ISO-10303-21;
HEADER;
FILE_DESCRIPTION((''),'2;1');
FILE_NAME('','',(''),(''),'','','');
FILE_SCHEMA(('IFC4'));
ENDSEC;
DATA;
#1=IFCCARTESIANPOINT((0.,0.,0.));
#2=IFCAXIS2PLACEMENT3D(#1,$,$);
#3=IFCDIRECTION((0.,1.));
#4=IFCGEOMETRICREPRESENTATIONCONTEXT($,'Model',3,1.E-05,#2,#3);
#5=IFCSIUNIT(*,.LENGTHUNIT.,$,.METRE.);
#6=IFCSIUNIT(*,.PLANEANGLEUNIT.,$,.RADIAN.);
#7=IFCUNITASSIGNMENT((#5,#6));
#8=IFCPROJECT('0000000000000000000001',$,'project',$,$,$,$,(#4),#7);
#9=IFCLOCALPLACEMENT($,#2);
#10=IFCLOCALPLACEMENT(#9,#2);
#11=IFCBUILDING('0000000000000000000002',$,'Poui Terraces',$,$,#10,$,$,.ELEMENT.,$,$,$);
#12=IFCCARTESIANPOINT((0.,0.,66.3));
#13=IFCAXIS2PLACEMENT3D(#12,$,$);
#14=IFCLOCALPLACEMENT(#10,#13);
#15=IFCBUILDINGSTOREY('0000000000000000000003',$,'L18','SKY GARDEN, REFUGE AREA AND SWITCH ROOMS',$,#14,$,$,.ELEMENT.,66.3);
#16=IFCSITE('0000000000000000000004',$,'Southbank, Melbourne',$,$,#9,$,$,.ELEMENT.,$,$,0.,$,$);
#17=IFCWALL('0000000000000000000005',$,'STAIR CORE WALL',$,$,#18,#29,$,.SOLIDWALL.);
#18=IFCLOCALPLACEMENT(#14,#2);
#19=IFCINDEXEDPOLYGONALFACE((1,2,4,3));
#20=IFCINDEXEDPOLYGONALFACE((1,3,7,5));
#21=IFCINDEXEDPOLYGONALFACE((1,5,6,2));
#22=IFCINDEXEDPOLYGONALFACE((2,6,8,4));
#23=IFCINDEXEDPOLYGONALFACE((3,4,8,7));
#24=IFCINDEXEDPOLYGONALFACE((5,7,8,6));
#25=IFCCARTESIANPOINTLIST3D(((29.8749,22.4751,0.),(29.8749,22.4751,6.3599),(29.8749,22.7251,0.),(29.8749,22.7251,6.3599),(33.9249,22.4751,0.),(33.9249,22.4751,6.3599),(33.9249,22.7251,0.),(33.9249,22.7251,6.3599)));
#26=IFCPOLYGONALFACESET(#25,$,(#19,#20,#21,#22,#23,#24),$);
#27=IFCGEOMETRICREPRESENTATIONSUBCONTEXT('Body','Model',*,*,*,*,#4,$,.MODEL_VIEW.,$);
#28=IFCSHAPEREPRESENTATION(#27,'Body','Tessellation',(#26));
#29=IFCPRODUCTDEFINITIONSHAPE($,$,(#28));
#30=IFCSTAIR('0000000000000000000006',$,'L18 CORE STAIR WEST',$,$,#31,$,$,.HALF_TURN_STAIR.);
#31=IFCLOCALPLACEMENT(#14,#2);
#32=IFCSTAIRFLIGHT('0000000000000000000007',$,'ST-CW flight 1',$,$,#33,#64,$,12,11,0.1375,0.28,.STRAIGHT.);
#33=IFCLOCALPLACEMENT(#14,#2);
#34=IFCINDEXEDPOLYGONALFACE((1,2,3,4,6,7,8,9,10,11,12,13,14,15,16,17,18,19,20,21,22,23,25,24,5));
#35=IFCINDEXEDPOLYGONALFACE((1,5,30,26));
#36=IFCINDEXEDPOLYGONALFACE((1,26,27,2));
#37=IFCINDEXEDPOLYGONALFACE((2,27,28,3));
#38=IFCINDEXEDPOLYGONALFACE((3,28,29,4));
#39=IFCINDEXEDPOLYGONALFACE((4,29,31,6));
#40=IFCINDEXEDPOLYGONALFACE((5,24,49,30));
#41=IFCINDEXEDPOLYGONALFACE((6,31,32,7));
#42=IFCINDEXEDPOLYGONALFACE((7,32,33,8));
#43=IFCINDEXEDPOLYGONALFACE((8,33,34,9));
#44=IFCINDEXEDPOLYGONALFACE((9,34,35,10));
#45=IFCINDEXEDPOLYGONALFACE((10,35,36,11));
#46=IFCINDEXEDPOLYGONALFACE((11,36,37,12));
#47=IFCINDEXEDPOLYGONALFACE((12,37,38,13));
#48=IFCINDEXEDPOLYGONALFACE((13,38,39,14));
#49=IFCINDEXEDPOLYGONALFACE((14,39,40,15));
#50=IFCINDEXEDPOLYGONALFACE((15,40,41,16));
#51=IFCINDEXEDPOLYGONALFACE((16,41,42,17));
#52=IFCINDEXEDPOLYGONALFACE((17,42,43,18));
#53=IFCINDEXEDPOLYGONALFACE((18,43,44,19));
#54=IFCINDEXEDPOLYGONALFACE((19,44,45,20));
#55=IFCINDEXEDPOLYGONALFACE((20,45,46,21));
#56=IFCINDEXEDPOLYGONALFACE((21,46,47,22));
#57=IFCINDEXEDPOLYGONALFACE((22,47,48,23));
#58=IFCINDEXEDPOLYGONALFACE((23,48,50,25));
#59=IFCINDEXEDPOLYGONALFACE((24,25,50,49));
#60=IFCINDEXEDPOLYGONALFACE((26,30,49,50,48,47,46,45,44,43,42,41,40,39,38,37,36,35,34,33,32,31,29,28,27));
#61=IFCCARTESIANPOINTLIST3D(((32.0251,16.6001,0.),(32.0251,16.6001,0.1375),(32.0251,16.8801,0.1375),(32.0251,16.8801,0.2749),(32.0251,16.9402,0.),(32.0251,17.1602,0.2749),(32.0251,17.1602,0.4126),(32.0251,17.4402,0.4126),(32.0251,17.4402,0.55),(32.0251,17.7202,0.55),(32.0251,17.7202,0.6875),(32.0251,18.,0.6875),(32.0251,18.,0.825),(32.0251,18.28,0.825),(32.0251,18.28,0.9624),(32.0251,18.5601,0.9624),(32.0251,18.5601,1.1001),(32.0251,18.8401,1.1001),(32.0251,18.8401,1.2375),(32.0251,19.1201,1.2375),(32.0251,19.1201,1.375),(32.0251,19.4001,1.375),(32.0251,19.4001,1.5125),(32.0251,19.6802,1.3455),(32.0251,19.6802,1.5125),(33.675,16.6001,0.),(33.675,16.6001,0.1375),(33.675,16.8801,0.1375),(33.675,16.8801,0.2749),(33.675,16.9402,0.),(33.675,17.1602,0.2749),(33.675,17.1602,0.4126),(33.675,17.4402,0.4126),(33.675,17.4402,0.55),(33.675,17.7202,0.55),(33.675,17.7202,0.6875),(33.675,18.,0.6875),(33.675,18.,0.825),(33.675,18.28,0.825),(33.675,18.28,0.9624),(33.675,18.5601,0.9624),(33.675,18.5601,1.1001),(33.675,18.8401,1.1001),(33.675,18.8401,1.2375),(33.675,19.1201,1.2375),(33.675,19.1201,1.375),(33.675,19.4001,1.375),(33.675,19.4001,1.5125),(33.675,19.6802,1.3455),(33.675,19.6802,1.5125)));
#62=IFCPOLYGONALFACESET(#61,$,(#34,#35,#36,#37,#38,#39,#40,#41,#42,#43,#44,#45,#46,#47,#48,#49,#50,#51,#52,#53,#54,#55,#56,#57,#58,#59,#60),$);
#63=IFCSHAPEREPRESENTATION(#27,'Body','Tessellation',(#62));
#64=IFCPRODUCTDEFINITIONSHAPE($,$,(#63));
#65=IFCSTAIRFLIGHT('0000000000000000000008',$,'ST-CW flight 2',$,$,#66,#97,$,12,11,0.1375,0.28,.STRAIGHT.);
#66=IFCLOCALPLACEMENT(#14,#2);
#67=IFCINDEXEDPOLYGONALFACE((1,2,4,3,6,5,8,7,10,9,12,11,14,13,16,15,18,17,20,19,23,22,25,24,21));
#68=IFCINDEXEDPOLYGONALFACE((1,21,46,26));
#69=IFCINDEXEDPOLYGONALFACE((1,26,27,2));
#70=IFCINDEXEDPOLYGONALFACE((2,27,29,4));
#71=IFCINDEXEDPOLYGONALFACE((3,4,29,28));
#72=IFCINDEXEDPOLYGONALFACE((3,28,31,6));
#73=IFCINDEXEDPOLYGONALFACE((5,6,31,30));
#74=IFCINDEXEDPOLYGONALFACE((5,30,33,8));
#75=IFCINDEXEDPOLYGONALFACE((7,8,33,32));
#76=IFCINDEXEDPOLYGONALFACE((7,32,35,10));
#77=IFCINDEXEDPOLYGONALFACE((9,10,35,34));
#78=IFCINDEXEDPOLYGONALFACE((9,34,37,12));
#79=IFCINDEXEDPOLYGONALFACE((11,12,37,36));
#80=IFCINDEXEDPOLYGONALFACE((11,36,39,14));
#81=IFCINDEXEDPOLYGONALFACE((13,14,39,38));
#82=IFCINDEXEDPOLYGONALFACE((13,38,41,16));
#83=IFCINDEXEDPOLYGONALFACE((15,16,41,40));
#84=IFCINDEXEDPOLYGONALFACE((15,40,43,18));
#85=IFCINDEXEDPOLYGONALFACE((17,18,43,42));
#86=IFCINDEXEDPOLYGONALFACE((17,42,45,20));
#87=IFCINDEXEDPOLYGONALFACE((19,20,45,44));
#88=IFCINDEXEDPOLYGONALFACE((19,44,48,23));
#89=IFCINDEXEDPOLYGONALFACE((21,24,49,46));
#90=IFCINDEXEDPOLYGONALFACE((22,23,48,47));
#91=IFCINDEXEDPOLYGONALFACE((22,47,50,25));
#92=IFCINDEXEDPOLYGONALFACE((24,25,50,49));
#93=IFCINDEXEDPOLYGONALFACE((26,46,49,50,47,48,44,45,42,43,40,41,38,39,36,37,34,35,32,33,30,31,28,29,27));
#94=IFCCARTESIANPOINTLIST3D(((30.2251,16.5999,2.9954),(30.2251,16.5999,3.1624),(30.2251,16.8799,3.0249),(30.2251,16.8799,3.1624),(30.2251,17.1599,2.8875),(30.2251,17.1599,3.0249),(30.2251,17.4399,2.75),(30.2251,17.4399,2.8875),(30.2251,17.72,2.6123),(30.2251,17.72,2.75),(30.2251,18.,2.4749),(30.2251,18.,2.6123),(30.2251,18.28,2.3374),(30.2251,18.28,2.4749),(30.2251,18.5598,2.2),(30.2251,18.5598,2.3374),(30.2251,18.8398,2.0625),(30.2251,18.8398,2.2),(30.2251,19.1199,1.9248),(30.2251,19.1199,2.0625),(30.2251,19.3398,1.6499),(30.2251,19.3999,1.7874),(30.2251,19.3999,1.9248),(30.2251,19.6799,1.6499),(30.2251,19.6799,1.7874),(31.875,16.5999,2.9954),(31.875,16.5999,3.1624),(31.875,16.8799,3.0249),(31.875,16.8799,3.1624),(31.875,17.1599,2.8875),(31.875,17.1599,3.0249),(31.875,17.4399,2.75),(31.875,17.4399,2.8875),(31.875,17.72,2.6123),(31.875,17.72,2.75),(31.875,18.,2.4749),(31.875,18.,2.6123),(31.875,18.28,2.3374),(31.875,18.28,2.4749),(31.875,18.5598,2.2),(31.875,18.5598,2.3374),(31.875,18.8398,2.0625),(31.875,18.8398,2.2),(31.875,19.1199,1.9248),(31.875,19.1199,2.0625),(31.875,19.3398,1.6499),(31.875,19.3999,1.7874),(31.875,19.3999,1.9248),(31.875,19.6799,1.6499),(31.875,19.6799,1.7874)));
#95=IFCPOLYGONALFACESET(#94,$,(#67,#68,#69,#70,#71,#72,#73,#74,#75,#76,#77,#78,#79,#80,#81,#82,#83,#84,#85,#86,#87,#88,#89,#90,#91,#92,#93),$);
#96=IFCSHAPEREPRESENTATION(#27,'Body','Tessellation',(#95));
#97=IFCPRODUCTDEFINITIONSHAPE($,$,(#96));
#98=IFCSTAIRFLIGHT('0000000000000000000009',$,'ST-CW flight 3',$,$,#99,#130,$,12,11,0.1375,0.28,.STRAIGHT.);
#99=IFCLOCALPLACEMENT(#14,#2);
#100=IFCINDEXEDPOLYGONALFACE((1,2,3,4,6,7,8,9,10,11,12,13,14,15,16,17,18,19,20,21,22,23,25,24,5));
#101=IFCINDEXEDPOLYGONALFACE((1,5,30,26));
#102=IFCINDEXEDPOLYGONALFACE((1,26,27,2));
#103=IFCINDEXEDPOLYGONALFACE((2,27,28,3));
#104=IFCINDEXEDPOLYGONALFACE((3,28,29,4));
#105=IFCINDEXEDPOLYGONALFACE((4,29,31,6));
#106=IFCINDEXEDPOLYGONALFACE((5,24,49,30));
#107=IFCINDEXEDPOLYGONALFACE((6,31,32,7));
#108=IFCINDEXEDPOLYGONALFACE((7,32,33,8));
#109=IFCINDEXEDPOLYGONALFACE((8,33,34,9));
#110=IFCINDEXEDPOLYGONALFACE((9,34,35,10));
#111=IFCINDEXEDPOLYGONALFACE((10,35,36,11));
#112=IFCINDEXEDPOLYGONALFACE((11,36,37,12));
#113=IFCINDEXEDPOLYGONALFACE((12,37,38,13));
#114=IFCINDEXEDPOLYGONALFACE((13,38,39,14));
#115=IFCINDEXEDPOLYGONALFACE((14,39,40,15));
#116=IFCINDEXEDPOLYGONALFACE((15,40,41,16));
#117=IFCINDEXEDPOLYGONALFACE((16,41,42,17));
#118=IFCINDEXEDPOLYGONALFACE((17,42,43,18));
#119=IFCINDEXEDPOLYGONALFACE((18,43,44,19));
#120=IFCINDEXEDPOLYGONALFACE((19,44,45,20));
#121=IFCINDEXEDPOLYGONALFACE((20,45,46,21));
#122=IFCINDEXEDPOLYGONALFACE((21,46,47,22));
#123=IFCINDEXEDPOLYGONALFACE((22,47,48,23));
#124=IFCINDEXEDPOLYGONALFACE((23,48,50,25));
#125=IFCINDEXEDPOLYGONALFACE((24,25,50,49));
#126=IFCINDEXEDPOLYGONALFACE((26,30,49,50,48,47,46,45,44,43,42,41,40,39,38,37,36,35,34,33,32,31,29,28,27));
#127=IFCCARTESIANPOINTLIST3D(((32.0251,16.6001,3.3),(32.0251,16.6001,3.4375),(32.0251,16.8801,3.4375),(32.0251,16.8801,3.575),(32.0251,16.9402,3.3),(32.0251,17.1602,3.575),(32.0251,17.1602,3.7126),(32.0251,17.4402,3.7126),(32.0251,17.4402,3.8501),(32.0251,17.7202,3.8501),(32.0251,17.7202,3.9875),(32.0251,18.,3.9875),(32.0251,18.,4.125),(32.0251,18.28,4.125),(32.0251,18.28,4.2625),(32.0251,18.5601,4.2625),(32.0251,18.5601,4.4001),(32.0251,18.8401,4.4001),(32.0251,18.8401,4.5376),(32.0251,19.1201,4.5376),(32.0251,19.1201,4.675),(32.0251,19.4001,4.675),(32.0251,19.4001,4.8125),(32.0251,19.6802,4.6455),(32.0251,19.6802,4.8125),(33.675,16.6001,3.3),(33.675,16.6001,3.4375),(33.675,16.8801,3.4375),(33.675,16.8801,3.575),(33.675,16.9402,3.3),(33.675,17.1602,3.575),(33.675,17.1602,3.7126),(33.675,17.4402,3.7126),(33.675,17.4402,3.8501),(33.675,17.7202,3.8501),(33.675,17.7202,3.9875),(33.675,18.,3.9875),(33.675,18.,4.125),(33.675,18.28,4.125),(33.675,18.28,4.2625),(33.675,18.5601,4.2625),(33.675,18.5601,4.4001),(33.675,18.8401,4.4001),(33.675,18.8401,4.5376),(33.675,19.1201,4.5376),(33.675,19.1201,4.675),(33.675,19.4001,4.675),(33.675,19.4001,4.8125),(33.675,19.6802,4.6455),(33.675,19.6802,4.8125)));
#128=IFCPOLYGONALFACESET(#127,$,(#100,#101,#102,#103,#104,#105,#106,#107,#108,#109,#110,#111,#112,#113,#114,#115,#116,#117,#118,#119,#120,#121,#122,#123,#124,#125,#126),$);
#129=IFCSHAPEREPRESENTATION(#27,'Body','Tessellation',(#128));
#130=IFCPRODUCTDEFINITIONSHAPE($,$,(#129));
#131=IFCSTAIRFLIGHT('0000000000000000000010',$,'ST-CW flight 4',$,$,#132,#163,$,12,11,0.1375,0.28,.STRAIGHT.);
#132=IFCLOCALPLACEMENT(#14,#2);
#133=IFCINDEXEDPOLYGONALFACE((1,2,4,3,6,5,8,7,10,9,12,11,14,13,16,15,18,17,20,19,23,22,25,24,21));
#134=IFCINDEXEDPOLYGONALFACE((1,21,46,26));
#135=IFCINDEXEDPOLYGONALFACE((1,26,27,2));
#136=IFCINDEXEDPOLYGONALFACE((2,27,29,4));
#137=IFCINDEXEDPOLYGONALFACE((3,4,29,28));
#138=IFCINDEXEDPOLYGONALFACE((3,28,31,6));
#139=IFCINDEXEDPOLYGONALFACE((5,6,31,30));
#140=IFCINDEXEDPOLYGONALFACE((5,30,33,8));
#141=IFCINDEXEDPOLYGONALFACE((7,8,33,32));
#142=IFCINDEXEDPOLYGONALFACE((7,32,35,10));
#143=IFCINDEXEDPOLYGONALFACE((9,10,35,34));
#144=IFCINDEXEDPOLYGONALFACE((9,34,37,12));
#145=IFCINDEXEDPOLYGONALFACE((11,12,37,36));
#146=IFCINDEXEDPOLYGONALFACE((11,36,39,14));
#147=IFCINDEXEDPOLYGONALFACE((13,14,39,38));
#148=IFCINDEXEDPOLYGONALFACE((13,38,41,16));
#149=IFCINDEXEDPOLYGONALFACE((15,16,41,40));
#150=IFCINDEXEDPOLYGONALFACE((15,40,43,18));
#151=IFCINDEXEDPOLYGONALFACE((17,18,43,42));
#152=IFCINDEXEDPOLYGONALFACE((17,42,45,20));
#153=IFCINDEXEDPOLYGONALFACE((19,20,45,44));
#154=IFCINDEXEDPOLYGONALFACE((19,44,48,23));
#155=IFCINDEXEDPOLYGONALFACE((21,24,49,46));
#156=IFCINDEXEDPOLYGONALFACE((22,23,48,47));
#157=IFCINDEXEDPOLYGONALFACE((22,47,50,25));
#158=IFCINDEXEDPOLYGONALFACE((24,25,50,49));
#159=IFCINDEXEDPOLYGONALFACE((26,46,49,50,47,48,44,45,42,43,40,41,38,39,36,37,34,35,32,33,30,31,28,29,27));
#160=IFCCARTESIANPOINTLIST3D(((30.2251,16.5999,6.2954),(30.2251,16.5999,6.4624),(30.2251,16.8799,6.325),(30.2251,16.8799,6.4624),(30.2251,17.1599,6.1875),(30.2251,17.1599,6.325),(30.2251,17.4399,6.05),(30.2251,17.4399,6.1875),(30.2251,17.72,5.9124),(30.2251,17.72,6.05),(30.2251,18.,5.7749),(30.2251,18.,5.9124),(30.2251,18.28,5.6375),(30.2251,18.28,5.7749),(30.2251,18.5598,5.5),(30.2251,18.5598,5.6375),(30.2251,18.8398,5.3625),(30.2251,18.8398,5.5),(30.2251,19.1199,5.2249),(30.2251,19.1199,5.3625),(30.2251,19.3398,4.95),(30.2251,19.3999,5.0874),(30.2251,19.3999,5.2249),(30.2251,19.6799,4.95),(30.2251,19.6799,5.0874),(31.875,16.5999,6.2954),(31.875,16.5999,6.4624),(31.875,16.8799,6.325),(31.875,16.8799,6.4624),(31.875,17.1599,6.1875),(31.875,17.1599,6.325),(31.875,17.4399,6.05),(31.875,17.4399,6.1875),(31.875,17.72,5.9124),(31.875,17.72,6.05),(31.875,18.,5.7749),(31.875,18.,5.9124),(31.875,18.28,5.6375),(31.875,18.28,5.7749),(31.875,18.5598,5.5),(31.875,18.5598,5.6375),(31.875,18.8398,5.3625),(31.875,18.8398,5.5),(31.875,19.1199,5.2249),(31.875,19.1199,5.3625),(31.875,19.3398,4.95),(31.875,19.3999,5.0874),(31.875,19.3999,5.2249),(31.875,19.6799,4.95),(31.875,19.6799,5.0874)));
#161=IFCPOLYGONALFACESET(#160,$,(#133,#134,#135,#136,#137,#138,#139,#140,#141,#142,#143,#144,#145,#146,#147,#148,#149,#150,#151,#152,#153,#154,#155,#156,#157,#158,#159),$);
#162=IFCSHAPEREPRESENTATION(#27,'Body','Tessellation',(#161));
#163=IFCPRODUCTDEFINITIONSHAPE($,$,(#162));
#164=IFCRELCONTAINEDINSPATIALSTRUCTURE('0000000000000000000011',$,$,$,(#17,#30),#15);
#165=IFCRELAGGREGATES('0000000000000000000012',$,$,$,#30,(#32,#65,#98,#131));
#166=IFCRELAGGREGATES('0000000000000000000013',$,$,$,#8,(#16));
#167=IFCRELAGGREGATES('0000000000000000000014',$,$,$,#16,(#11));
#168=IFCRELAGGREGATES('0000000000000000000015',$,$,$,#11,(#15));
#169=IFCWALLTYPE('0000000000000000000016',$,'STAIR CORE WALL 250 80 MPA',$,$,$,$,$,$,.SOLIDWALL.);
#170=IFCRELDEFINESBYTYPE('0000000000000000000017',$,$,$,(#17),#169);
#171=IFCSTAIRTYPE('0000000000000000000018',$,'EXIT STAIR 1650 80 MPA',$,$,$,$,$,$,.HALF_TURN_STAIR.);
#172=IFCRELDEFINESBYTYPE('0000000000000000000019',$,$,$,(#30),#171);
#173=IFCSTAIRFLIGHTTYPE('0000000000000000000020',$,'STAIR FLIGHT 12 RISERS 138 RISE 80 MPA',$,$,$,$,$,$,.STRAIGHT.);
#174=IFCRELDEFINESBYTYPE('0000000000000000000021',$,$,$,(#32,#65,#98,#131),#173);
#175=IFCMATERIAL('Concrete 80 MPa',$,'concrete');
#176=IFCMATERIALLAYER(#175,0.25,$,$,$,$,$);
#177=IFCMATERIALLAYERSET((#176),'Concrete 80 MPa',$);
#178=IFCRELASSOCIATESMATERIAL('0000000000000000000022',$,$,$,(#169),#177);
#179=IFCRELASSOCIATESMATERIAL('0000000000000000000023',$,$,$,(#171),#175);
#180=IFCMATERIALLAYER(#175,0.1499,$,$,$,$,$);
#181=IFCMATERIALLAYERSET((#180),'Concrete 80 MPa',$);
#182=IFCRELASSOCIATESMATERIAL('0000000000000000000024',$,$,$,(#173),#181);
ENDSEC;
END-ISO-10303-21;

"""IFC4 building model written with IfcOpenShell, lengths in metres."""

from ifc_helpers import new_model, si_unit, direction, frame, frame_2d, origin, place, context, subcontext, project, spatial, polyline, rectangle, outline, extrude, material, layer, layer_set, type_object, element, aggregate, save


model = new_model("IFC4")

# Units and contexts
model_context = context("Model", 3, precision=1e-05, world=origin(), true_north=direction((0.0, 1.0)))
body_context = subcontext(model_context, "Body", "Model", "MODEL_VIEW")
ifc_project = project(units=[si_unit("LENGTHUNIT", "METRE"), si_unit("PLANEANGLEUNIT", "RADIAN")], contexts=[model_context])

# Site, building, storey
site_placement = place(None, origin())
site = spatial("IfcSite", under=ifc_project, at=site_placement, Name="Southbank, Melbourne", CompositionType="ELEMENT", RefElevation=0.0)
building_placement = place(site_placement, origin())
building = spatial("IfcBuilding", under=site, at=building_placement, Name="Poui Terraces", CompositionType="ELEMENT")
storey_placement = place(building_placement, frame((0.0, 0.0, 66.3)))
storey = spatial("IfcBuildingStorey", under=building, at=storey_placement, Name="L18", Description="SKY GARDEN, REFUGE AREA AND SWITCH ROOMS", CompositionType="ELEMENT", Elevation=66.3)

# Shared definitions
ifc_material_1 = material(Name="Concrete 80 MPa", Category="concrete")

# Wall
ifc_layer_1 = layer(ifc_material_1, 0.25)
ifc_layer_set_1 = layer_set([ifc_layer_1], Name="Concrete 80 MPa")
wall_type_1 = type_object("IfcWallType", Name="STAIR CORE WALL 250 80 MPA", PredefinedType="SOLIDWALL", material=ifc_layer_set_1)
wall_1_placement = place(storey_placement, frame((29.875, 22.6001, 0.0), z_axis=(0.0, 0.0, 1.0), x_axis=(1.0, 0.0, 0.0)))
element("IfcWall", 1, at=wall_1_placement, inside=storey, type_object=wall_type_1, Name="STAIR CORE WALL", PredefinedType="SOLIDWALL", context=body_context, shape_type="SweptSolid", body=[
    extrude(rectangle(XDim=4.05, YDim=0.25, at=frame_2d((2.0249, 0.0))), origin(), (0.0, 0.0, 1.0), 6.3599),
])

# Stair, stair flights
stair_type = type_object("IfcStairType", Name="EXIT STAIR 1650 80 MPA", PredefinedType="HALF_TURN_STAIR", material=ifc_material_1)
stair_placement = place(storey_placement, origin())
stair = element("IfcStair", 2, at=stair_placement, inside=storey, type_object=stair_type, Name="L18 CORE STAIR WEST", PredefinedType="HALF_TURN_STAIR")
ifc_layer_2 = layer(ifc_material_1, 0.1499)
ifc_layer_set_2 = layer_set([ifc_layer_2], Name="Concrete 80 MPa")
stair_flight_type = type_object("IfcStairFlightType", Name="STAIR FLIGHT 12 RISERS 138 RISE 80 MPA", PredefinedType="STRAIGHT", material=ifc_layer_set_2)
stair_flight_1_placement = place(storey_placement, frame((32.8501, 16.6001, 0.0), z_axis=(0.0, 0.0, 1.0), x_axis=(0.0, 1.0, 0.0)))
stair_flight_1 = element("IfcStairFlight", 3, at=stair_flight_1_placement, type_object=stair_flight_type, Name="ST-CW flight 1", NumberOfRisers=12, NumberOfTreads=11, PredefinedType="STRAIGHT", RiserHeight=0.1375, TreadLength=0.28, context=body_context, shape_type="SweptSolid", body=[
    extrude(outline(polyline([(0.0, 0.0), (0.0, 0.1375), (0.28, 0.1375), (0.28, 0.2749), (0.5601, 0.2749), (0.5601, 0.4126), (0.8401, 0.4126), (0.8401, 0.55), (1.1201, 0.55), (1.1201, 0.6875), (1.3999, 0.6875), (1.3999, 0.825), (1.6799, 0.825), (1.6799, 0.9624), (1.96, 0.9624), (1.96, 1.1001), (2.24, 1.1001), (2.24, 1.2375), (2.52, 1.2375), (2.52, 1.375), (2.8, 1.375), (2.8, 1.5125), (3.0801, 1.5125), (3.0801, 1.6499), (3.0801, 1.3455), (0.3401, 0.0), (0.0, 0.0)])), frame((0.0, 0.825, 0.0), z_axis=(0.0, -1.0, 0.0), x_axis=(1.0, 0.0, 0.0)), (0.0, 0.0, 1.0), 1.6499),
])
stair_flight_2_placement = place(storey_placement, frame((31.05, 19.6799, 1.6499), z_axis=(0.0, 0.0, 1.0), x_axis=(0.0, -1.0, 0.0)))
stair_flight_2 = element("IfcStairFlight", 4, at=stair_flight_2_placement, type_object=stair_flight_type, Name="ST-CW flight 2", NumberOfRisers=12, NumberOfTreads=11, PredefinedType="STRAIGHT", RiserHeight=0.1375, TreadLength=0.28, context=body_context, shape_type="SweptSolid", body=[
    extrude(outline(polyline([(0.0, 0.0), (0.0, 0.1375), (0.28, 0.1375), (0.28, 0.2749), (0.5601, 0.2749), (0.5601, 0.4126), (0.8401, 0.4126), (0.8401, 0.55), (1.1201, 0.55), (1.1201, 0.6875), (1.3999, 0.6875), (1.3999, 0.825), (1.6799, 0.825), (1.6799, 0.9624), (1.96, 0.9624), (1.96, 1.1001), (2.24, 1.1001), (2.24, 1.2375), (2.52, 1.2375), (2.52, 1.375), (2.8, 1.375), (2.8, 1.5125), (3.0801, 1.5125), (3.0801, 1.6499), (3.0801, 1.3455), (0.3401, 0.0), (0.0, 0.0)])), frame((0.0, 0.825, 0.0), z_axis=(0.0, -1.0, 0.0), x_axis=(1.0, 0.0, 0.0)), (0.0, 0.0, 1.0), 1.6499),
])
stair_flight_3_placement = place(storey_placement, frame((32.8501, 16.6001, 3.3), z_axis=(0.0, 0.0, 1.0), x_axis=(0.0, 1.0, 0.0)))
stair_flight_3 = element("IfcStairFlight", 5, at=stair_flight_3_placement, type_object=stair_flight_type, Name="ST-CW flight 3", NumberOfRisers=12, NumberOfTreads=11, PredefinedType="STRAIGHT", RiserHeight=0.1375, TreadLength=0.28, context=body_context, shape_type="SweptSolid", body=[
    extrude(outline(polyline([(0.0, 0.0), (0.0, 0.1375), (0.28, 0.1375), (0.28, 0.2749), (0.5601, 0.2749), (0.5601, 0.4126), (0.8401, 0.4126), (0.8401, 0.55), (1.1201, 0.55), (1.1201, 0.6875), (1.3999, 0.6875), (1.3999, 0.825), (1.6799, 0.825), (1.6799, 0.9624), (1.96, 0.9624), (1.96, 1.1001), (2.24, 1.1001), (2.24, 1.2375), (2.52, 1.2375), (2.52, 1.375), (2.8, 1.375), (2.8, 1.5125), (3.0801, 1.5125), (3.0801, 1.6499), (3.0801, 1.3455), (0.3401, 0.0), (0.0, 0.0)])), frame((0.0, 0.825, 0.0), z_axis=(0.0, -1.0, 0.0), x_axis=(1.0, 0.0, 0.0)), (0.0, 0.0, 1.0), 1.6499),
])
stair_flight_4_placement = place(storey_placement, frame((31.05, 19.6799, 4.95), z_axis=(0.0, 0.0, 1.0), x_axis=(0.0, -1.0, 0.0)))
stair_flight_4 = element("IfcStairFlight", 6, at=stair_flight_4_placement, type_object=stair_flight_type, Name="ST-CW flight 4", NumberOfRisers=12, NumberOfTreads=11, PredefinedType="STRAIGHT", RiserHeight=0.1375, TreadLength=0.28, context=body_context, shape_type="SweptSolid", body=[
    extrude(outline(polyline([(0.0, 0.0), (0.0, 0.1375), (0.28, 0.1375), (0.28, 0.2749), (0.5601, 0.2749), (0.5601, 0.4126), (0.8401, 0.4126), (0.8401, 0.55), (1.1201, 0.55), (1.1201, 0.6875), (1.3999, 0.6875), (1.3999, 0.825), (1.6799, 0.825), (1.6799, 0.9624), (1.96, 0.9624), (1.96, 1.1001), (2.24, 1.1001), (2.24, 1.2375), (2.52, 1.2375), (2.52, 1.375), (2.8, 1.375), (2.8, 1.5125), (3.0801, 1.5125), (3.0801, 1.6499), (3.0801, 1.3455), (0.3401, 0.0), (0.0, 0.0)])), frame((0.0, 0.825, 0.0), z_axis=(0.0, -1.0, 0.0), x_axis=(1.0, 0.0, 0.0)), (0.0, 0.0, 1.0), 1.6499),
])
aggregate(stair, [stair_flight_1, stair_flight_2, stair_flight_3, stair_flight_4])

save(model, "model.ifc")
